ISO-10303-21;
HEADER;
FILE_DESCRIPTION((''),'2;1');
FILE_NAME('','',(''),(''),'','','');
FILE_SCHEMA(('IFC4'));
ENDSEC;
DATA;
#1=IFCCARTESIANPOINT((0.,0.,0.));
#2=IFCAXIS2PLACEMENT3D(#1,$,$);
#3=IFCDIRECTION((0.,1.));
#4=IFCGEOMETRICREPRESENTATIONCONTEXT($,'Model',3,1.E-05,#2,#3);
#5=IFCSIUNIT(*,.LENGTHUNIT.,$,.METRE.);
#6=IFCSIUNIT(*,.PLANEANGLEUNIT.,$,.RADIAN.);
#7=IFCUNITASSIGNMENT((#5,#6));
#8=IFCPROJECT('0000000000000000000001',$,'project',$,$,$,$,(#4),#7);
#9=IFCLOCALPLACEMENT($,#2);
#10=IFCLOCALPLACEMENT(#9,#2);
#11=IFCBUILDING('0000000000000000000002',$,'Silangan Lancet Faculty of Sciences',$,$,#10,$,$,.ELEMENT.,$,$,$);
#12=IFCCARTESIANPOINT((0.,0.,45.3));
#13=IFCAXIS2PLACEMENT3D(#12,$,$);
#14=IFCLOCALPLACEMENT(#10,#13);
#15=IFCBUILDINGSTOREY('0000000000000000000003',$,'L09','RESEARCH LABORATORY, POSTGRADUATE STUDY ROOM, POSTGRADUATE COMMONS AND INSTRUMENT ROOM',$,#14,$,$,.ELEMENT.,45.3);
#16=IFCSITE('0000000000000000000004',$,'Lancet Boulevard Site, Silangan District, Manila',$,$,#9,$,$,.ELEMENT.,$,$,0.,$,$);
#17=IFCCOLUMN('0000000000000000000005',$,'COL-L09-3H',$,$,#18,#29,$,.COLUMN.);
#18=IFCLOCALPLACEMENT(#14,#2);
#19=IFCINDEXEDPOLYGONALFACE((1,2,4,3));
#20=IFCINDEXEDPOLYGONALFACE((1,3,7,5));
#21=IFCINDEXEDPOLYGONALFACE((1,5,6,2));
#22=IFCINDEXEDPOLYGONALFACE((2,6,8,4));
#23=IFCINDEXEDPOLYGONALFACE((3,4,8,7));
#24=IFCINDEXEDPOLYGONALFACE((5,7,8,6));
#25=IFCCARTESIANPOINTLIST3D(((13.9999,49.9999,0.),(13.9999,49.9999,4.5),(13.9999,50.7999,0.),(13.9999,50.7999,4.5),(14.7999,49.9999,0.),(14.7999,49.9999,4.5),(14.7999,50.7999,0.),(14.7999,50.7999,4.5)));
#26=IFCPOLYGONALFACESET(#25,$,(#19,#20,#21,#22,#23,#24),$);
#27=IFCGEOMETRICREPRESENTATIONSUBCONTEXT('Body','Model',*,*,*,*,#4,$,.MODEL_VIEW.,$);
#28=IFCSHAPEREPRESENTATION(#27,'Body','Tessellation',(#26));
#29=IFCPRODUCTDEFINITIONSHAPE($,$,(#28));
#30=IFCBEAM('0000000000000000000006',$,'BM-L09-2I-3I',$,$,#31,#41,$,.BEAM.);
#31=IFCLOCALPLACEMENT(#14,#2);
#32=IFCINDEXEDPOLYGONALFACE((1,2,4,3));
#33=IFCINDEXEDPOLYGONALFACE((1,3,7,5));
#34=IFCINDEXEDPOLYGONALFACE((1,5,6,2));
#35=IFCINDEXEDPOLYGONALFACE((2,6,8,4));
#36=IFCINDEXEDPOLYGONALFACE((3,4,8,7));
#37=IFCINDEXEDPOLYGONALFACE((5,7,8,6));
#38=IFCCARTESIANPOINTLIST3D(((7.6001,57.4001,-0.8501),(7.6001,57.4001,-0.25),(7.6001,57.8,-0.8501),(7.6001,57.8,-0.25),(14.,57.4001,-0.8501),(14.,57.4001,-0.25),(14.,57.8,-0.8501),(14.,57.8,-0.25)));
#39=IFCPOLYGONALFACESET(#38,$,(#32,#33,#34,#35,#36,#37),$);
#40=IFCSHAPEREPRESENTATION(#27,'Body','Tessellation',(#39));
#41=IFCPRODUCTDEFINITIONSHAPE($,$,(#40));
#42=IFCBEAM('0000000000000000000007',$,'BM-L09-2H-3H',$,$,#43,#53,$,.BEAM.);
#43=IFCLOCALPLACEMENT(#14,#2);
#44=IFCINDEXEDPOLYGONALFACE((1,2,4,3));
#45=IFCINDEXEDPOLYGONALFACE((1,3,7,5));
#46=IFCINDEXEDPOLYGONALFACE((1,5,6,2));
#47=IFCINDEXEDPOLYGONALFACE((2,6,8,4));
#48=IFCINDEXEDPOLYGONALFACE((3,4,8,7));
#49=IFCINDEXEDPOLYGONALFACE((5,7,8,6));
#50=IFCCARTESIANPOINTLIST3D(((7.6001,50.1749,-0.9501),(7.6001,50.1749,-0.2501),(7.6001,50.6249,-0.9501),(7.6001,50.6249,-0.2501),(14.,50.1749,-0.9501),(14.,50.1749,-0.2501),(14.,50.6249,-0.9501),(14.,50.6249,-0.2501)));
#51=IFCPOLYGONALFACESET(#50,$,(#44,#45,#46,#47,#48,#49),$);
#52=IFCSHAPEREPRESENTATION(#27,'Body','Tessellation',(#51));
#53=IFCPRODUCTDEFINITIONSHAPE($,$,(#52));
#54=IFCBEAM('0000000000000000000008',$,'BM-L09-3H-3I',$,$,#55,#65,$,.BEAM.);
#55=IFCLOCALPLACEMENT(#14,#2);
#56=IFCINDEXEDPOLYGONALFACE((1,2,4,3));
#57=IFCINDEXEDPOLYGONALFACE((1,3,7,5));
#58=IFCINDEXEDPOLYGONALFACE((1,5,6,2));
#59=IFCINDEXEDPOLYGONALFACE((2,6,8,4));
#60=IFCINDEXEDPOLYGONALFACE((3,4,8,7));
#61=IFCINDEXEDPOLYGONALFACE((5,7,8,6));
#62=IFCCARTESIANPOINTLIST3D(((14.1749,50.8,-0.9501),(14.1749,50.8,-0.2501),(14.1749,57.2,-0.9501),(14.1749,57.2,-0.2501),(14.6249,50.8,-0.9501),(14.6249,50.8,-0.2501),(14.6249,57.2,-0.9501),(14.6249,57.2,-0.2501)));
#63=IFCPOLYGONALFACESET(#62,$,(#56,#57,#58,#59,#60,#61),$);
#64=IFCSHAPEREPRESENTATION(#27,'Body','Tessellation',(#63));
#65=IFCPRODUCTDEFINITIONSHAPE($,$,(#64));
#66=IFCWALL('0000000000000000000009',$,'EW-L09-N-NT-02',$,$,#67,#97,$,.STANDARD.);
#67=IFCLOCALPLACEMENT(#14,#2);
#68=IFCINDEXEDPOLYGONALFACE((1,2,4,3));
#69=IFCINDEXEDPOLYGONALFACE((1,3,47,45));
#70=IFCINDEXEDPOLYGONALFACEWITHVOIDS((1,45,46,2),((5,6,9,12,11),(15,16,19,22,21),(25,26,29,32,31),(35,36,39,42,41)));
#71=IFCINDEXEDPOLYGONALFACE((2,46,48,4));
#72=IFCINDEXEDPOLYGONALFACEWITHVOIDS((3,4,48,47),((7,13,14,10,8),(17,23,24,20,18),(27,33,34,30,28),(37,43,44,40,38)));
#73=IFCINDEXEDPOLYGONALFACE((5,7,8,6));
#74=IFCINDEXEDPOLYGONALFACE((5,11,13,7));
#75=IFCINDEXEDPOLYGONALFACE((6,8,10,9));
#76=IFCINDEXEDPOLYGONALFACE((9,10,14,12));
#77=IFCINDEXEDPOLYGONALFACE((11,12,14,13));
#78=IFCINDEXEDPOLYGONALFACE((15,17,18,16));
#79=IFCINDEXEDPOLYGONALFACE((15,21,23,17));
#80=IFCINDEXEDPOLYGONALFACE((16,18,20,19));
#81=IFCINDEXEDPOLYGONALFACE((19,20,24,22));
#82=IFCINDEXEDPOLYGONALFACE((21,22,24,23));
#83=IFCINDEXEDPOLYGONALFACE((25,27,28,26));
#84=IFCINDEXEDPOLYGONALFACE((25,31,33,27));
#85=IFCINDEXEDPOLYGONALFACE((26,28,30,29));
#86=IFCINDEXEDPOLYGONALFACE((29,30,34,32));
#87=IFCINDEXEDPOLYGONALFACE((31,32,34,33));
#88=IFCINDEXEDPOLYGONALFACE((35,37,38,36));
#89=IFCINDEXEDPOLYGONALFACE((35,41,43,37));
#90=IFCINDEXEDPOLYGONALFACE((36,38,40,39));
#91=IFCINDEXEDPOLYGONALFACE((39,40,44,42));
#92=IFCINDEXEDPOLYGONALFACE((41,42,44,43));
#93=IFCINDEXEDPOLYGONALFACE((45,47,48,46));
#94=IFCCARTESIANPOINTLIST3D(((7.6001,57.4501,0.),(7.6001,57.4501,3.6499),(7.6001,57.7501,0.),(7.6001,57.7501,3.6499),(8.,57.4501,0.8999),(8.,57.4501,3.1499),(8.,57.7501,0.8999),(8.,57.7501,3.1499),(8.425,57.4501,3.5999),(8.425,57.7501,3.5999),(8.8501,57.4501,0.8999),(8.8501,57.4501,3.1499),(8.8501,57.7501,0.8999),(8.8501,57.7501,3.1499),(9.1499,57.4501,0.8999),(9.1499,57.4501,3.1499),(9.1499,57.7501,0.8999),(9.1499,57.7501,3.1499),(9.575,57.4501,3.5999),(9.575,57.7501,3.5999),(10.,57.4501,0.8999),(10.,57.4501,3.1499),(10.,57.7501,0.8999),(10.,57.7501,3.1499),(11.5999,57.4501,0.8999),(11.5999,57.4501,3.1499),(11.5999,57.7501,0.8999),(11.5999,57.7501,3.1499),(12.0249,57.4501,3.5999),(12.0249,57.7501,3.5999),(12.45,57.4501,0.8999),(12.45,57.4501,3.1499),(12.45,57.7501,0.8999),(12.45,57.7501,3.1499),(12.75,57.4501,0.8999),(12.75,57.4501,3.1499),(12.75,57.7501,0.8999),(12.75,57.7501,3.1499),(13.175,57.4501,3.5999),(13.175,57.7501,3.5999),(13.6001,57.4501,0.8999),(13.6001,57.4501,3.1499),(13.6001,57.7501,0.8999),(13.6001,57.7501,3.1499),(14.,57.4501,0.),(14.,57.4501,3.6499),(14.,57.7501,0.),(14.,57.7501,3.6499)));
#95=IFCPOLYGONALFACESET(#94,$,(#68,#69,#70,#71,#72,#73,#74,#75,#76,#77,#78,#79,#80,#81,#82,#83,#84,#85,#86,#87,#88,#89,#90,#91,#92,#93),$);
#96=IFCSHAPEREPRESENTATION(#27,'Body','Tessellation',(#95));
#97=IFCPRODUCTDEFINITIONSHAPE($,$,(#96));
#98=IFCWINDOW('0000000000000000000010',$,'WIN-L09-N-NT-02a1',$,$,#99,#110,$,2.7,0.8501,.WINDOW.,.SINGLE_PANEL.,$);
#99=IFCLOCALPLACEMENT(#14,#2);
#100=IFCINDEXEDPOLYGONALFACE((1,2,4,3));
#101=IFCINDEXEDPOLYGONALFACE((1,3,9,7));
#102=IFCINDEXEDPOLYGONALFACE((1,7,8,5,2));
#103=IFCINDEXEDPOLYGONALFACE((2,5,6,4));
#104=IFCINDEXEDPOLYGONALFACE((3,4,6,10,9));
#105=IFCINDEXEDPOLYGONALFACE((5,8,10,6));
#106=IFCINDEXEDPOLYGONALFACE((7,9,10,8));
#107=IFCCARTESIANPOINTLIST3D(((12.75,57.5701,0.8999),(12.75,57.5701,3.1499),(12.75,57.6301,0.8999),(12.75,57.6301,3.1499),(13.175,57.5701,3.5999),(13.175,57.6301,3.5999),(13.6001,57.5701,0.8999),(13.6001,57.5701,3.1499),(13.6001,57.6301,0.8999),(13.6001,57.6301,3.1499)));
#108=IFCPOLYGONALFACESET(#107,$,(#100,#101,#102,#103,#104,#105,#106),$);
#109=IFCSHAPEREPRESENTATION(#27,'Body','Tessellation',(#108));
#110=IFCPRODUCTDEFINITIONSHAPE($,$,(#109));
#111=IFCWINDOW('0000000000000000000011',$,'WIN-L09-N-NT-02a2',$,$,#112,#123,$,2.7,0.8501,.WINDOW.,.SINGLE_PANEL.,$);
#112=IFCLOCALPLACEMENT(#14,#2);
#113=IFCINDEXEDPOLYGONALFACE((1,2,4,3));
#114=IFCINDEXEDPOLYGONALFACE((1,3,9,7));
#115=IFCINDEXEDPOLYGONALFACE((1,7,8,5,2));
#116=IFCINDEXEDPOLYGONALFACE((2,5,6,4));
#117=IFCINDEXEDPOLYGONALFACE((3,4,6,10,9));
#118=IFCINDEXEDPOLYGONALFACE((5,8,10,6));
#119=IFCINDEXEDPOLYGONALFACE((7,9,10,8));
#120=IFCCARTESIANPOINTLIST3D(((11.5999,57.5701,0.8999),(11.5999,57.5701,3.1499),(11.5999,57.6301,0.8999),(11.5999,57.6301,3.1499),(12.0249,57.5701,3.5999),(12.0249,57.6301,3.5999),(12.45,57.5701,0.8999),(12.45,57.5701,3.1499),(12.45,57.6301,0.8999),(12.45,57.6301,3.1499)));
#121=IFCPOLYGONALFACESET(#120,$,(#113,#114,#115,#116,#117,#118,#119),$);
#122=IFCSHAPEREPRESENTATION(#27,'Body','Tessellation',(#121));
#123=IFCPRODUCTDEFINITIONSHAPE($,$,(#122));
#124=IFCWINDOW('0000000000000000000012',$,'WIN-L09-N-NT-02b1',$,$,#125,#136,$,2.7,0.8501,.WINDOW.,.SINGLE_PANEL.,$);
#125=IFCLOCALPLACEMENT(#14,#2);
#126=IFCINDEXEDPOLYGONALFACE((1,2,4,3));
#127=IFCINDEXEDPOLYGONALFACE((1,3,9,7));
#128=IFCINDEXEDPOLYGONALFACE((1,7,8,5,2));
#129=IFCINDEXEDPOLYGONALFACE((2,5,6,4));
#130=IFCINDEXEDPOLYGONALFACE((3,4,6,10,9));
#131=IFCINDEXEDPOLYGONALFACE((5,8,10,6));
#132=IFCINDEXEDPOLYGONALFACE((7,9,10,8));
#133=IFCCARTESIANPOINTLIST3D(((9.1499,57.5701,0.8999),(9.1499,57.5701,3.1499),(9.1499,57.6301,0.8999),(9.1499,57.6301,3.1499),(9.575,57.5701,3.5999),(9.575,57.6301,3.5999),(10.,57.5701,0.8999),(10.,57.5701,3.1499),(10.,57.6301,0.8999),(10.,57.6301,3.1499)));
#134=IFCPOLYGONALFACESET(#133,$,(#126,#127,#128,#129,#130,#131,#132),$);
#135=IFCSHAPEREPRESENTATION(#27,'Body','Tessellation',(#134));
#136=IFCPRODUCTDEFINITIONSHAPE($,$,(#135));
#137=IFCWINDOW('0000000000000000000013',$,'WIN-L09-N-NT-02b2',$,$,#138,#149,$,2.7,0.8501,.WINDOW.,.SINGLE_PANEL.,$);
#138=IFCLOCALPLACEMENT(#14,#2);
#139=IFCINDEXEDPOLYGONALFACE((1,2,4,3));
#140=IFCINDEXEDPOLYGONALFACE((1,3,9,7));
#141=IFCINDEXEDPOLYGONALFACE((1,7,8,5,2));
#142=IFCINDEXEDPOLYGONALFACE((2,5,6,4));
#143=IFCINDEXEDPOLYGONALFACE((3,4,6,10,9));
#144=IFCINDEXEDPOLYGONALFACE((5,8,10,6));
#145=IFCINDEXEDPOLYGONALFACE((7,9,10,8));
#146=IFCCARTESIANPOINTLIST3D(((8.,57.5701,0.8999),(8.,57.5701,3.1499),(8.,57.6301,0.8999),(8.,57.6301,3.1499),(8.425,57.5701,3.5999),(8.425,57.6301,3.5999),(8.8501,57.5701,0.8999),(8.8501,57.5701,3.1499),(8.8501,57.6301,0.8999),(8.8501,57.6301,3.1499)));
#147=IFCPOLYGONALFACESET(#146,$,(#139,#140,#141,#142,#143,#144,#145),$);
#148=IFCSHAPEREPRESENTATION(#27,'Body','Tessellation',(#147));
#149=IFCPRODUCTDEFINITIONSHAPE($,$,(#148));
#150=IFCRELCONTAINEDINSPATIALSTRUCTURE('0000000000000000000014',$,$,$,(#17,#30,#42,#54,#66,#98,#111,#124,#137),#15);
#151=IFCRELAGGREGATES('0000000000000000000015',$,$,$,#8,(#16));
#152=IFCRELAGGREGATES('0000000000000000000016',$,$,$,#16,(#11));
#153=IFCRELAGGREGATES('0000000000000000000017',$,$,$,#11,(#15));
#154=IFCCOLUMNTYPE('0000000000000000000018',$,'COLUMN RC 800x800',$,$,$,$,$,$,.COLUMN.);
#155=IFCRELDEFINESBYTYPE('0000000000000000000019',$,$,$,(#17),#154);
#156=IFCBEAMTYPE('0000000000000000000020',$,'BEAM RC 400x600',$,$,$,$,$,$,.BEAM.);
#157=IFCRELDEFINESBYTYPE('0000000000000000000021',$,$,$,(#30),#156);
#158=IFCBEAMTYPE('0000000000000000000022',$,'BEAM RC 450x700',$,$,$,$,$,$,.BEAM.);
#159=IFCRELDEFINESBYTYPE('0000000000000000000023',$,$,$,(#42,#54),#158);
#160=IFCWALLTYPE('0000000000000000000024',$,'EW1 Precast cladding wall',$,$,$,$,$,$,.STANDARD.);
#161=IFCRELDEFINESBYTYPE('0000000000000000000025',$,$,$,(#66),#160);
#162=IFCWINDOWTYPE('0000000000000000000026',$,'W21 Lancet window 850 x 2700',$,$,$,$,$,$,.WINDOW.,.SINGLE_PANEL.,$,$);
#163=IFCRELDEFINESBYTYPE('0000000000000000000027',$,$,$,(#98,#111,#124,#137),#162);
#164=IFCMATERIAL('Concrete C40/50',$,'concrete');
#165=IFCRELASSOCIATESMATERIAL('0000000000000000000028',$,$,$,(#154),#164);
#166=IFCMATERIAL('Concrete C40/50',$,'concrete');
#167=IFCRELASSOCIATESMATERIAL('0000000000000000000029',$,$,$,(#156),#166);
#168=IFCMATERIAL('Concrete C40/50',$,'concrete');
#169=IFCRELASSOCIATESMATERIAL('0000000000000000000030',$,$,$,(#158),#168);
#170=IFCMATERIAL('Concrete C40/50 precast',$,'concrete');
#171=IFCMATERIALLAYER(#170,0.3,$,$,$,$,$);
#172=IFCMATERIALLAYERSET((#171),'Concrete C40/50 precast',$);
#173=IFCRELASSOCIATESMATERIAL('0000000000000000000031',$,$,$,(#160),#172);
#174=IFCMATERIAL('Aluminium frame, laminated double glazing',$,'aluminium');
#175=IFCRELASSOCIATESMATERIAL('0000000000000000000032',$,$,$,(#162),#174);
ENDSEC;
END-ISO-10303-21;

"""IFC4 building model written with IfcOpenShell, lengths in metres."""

from ifc_helpers import new_model, si_unit, direction, frame, frame_2d, origin, origin_2d, place, context, subcontext, project, spatial, polyline, rectangle, outline, extrude, material, layer, layer_set, material_profile, profile_set, type_object, element, fill, save


model = new_model("IFC4")

# Units and contexts
model_context = context("Model", 3, precision=1e-05, world=origin(), true_north=direction((0.0, 1.0)))
body_context = subcontext(model_context, "Body", "Model", "MODEL_VIEW")
ifc_project = project(units=[si_unit("LENGTHUNIT", "METRE"), si_unit("PLANEANGLEUNIT", "RADIAN")], contexts=[model_context])

# Site, building, storey
site_placement = place(None, origin())
site = spatial("IfcSite", under=ifc_project, at=site_placement, Name="Lancet Boulevard Site, Silangan District, Manila", CompositionType="ELEMENT", RefElevation=0.0)
building_placement = place(site_placement, origin())
building = spatial("IfcBuilding", under=site, at=building_placement, Name="Silangan Lancet Faculty of Sciences", CompositionType="ELEMENT")
storey_placement = place(building_placement, frame((0.0, 0.0, 45.3)))
storey = spatial("IfcBuildingStorey", under=building, at=storey_placement, Name="L09", Description="RESEARCH LABORATORY, POSTGRADUATE STUDY ROOM, POSTGRADUATE COMMONS AND INSTRUMENT ROOM", CompositionType="ELEMENT", Elevation=45.3)

# Column
ifc_material_1 = material(Name="Concrete C40/50", Category="concrete")
ifc_material_profile_1 = material_profile(ifc_material_1, rectangle(XDim=0.8, YDim=0.8, at=origin_2d()), Name="RC 800x800")
ifc_profile_set_1 = profile_set([ifc_material_profile_1], Name="Concrete C40/50")
column_type = type_object("IfcColumnType", Name="COLUMN RC 800x800", PredefinedType="COLUMN", material=ifc_profile_set_1)
column_placement = place(storey_placement, frame((14.3999, 50.3999, 0.0), z_axis=(0.0, 0.0, 1.0), x_axis=(1.0, 0.0, 0.0)))
element("IfcColumn", 1, at=column_placement, inside=storey, type_object=column_type, Name="COL-L09-3H", PredefinedType="COLUMN", context=body_context, shape_type="SweptSolid", body=[
    extrude(rectangle(XDim=0.8, YDim=0.8, at=origin_2d()), origin(), (0.0, 0.0, 1.0), 4.5),
])

# Beams
ifc_material_2 = material(Name="Concrete C40/50", Category="concrete")
ifc_material_profile_2 = material_profile(ifc_material_2, rectangle(XDim=0.3999, YDim=0.6001, at=origin_2d()), Name="RC 400x600")
ifc_profile_set_2 = profile_set([ifc_material_profile_2], Name="Concrete C40/50")
beam_type_1 = type_object("IfcBeamType", Name="BEAM RC 400x600", PredefinedType="BEAM", material=ifc_profile_set_2)
beam_placement = place(storey_placement, frame((7.6001, 57.6001, -0.55), z_axis=(1.0, 0.0, 0.0), x_axis=(0.0, 1.0, 0.0)))
element("IfcBeam", 2, at=beam_placement, inside=storey, type_object=beam_type_1, Name="BM-L09-2I-3I", PredefinedType="BEAM", context=body_context, shape_type="SweptSolid", body=[
    extrude(rectangle(XDim=0.3999, YDim=0.6001, at=origin_2d()), origin(), (0.0, 0.0, 1.0), 6.3999),
])
ifc_material_3 = material(Name="Concrete C40/50", Category="concrete")
ifc_material_profile_3 = material_profile(ifc_material_3, rectangle(XDim=0.45, YDim=0.7, at=origin_2d()), Name="RC 450x700")
ifc_profile_set_3 = profile_set([ifc_material_profile_3], Name="Concrete C40/50")
beam_type_2 = type_object("IfcBeamType", Name="BEAM RC 450x700", PredefinedType="BEAM", material=ifc_profile_set_3)
for number, where, z_axis, x_axis, name in (
    (3, (7.6001, 50.3999, -0.6001), (1.0, 0.0, 0.0), (0.0, 1.0, 0.0), "BM-L09-2H-3H"),
    (4, (14.3999, 50.8, -0.6001), (0.0, 1.0, 0.0), (-1.0, 0.0, 0.0), "BM-L09-3H-3I"),
):
    element("IfcBeam", number, at=place(storey_placement, frame(where, z_axis=z_axis, x_axis=x_axis)), inside=storey, type_object=beam_type_2, Name=name, PredefinedType="BEAM", context=body_context, shape_type="SweptSolid", body=[
        extrude(rectangle(XDim=0.45, YDim=0.7, at=origin_2d()), origin(), (0.0, 0.0, 1.0), 6.3999),
    ])

# Wall, openings, windows
ifc_material_4 = material(Name="Concrete C40/50 precast", Category="concrete")
ifc_layer_1 = layer(ifc_material_4, 0.3)
ifc_layer_set_1 = layer_set([ifc_layer_1], Name="Concrete C40/50 precast")
wall_type_1 = type_object("IfcWallType", Name="EW1 Precast cladding wall", PredefinedType="STANDARD", material=ifc_layer_set_1)
wall_1_placement = place(storey_placement, frame((14.0, 57.6001, 0.0), z_axis=(0.0, 0.0, 1.0), x_axis=(-1.0, 0.0, 0.0)))
wall_1 = element("IfcWall", 5, at=wall_1_placement, inside=storey, type_object=wall_type_1, Name="EW-L09-N-NT-02", PredefinedType="STANDARD", context=body_context, shape_type="SweptSolid", body=[
    extrude(rectangle(XDim=6.3999, YDim=0.3, at=frame_2d((3.2, 0.0))), origin(), (0.0, 0.0, 1.0), 3.6499),
])
opening_1_placement = place(wall_1_placement, frame((0.3999, 0.0, 0.8999)))
opening_1 = element("IfcOpeningElement", 6, at=opening_1_placement, cuts=wall_1, PredefinedType="OPENING", context=body_context, shape_type="SweptSolid", body=[
    extrude(outline(polyline([(0.0, 0.0), (0.8501, 0.0), (0.8501, 2.25), (0.425, 2.7), (0.0, 2.25), (0.0, 0.0)])), frame((0.0, 0.1599, 0.0), z_axis=(0.0, -1.0, 0.0), x_axis=(1.0, 0.0, 0.0)), (0.0, 0.0, 1.0), 0.3201),
])
opening_2_placement = place(wall_1_placement, frame((1.55, 0.0, 0.8999)))
opening_2 = element("IfcOpeningElement", 7, at=opening_2_placement, cuts=wall_1, PredefinedType="OPENING", context=body_context, shape_type="SweptSolid", body=[
    extrude(outline(polyline([(0.0, 0.0), (0.8501, 0.0), (0.8501, 2.25), (0.425, 2.7), (0.0, 2.25), (0.0, 0.0)])), frame((0.0, 0.1599, 0.0), z_axis=(0.0, -1.0, 0.0), x_axis=(1.0, 0.0, 0.0)), (0.0, 0.0, 1.0), 0.3201),
])
opening_3_placement = place(wall_1_placement, frame((4.0, 0.0, 0.8999)))
opening_3 = element("IfcOpeningElement", 8, at=opening_3_placement, cuts=wall_1, PredefinedType="OPENING", context=body_context, shape_type="SweptSolid", body=[
    extrude(outline(polyline([(0.0, 0.0), (0.8501, 0.0), (0.8501, 2.25), (0.425, 2.7), (0.0, 2.25), (0.0, 0.0)])), frame((0.0, 0.1599, 0.0), z_axis=(0.0, -1.0, 0.0), x_axis=(1.0, 0.0, 0.0)), (0.0, 0.0, 1.0), 0.3201),
])
opening_4_placement = place(wall_1_placement, frame((5.1499, 0.0, 0.8999)))
opening_4 = element("IfcOpeningElement", 9, at=opening_4_placement, cuts=wall_1, PredefinedType="OPENING", context=body_context, shape_type="SweptSolid", body=[
    extrude(outline(polyline([(0.0, 0.0), (0.8501, 0.0), (0.8501, 2.25), (0.425, 2.7), (0.0, 2.25), (0.0, 0.0)])), frame((0.0, 0.1599, 0.0), z_axis=(0.0, -1.0, 0.0), x_axis=(1.0, 0.0, 0.0)), (0.0, 0.0, 1.0), 0.3201),
])
ifc_material_5 = material(Name="Aluminium frame, laminated double glazing", Category="aluminium")
window_type = type_object("IfcWindowType", Name="W21 Lancet window 850 x 2700", PartitioningType="SINGLE_PANEL", PredefinedType="WINDOW", material=ifc_material_5)
window_1_placement = place(opening_1_placement, origin())
window_1 = element("IfcWindow", 10, at=window_1_placement, inside=storey, type_object=window_type, Name="WIN-L09-N-NT-02a1", OverallHeight=2.7, OverallWidth=0.8501, PartitioningType="SINGLE_PANEL", PredefinedType="WINDOW", context=body_context, shape_type="SweptSolid", body=[
    extrude(outline(polyline([(0.0, 0.0), (0.8501, 0.0), (0.8501, 2.25), (0.425, 2.7), (0.0, 2.25), (0.0, 0.0)])), frame((0.0, 0.03, 0.0), z_axis=(0.0, -1.0, 0.0), x_axis=(1.0, 0.0, 0.0)), (0.0, 0.0, 1.0), 0.0601),
])
fill(opening_1, window_1)
window_2_placement = place(opening_2_placement, origin())
window_2 = element("IfcWindow", 11, at=window_2_placement, inside=storey, type_object=window_type, Name="WIN-L09-N-NT-02a2", OverallHeight=2.7, OverallWidth=0.8501, PartitioningType="SINGLE_PANEL", PredefinedType="WINDOW", context=body_context, shape_type="SweptSolid", body=[
    extrude(outline(polyline([(0.0, 0.0), (0.8501, 0.0), (0.8501, 2.25), (0.425, 2.7), (0.0, 2.25), (0.0, 0.0)])), frame((0.0, 0.03, 0.0), z_axis=(0.0, -1.0, 0.0), x_axis=(1.0, 0.0, 0.0)), (0.0, 0.0, 1.0), 0.0601),
])
fill(opening_2, window_2)
window_3_placement = place(opening_3_placement, origin())
window_3 = element("IfcWindow", 12, at=window_3_placement, inside=storey, type_object=window_type, Name="WIN-L09-N-NT-02b1", OverallHeight=2.7, OverallWidth=0.8501, PartitioningType="SINGLE_PANEL", PredefinedType="WINDOW", context=body_context, shape_type="SweptSolid", body=[
    extrude(outline(polyline([(0.0, 0.0), (0.8501, 0.0), (0.8501, 2.25), (0.425, 2.7), (0.0, 2.25), (0.0, 0.0)])), frame((0.0, 0.03, 0.0), z_axis=(0.0, -1.0, 0.0), x_axis=(1.0, 0.0, 0.0)), (0.0, 0.0, 1.0), 0.0601),
])
fill(opening_3, window_3)
window_4_placement = place(opening_4_placement, origin())
window_4 = element("IfcWindow", 13, at=window_4_placement, inside=storey, type_object=window_type, Name="WIN-L09-N-NT-02b2", OverallHeight=2.7, OverallWidth=0.8501, PartitioningType="SINGLE_PANEL", PredefinedType="WINDOW", context=body_context, shape_type="SweptSolid", body=[
    extrude(outline(polyline([(0.0, 0.0), (0.8501, 0.0), (0.8501, 2.25), (0.425, 2.7), (0.0, 2.25), (0.0, 0.0)])), frame((0.0, 0.03, 0.0), z_axis=(0.0, -1.0, 0.0), x_axis=(1.0, 0.0, 0.0)), (0.0, 0.0, 1.0), 0.0601),
])
fill(opening_4, window_4)

save(model, "model.ifc")
